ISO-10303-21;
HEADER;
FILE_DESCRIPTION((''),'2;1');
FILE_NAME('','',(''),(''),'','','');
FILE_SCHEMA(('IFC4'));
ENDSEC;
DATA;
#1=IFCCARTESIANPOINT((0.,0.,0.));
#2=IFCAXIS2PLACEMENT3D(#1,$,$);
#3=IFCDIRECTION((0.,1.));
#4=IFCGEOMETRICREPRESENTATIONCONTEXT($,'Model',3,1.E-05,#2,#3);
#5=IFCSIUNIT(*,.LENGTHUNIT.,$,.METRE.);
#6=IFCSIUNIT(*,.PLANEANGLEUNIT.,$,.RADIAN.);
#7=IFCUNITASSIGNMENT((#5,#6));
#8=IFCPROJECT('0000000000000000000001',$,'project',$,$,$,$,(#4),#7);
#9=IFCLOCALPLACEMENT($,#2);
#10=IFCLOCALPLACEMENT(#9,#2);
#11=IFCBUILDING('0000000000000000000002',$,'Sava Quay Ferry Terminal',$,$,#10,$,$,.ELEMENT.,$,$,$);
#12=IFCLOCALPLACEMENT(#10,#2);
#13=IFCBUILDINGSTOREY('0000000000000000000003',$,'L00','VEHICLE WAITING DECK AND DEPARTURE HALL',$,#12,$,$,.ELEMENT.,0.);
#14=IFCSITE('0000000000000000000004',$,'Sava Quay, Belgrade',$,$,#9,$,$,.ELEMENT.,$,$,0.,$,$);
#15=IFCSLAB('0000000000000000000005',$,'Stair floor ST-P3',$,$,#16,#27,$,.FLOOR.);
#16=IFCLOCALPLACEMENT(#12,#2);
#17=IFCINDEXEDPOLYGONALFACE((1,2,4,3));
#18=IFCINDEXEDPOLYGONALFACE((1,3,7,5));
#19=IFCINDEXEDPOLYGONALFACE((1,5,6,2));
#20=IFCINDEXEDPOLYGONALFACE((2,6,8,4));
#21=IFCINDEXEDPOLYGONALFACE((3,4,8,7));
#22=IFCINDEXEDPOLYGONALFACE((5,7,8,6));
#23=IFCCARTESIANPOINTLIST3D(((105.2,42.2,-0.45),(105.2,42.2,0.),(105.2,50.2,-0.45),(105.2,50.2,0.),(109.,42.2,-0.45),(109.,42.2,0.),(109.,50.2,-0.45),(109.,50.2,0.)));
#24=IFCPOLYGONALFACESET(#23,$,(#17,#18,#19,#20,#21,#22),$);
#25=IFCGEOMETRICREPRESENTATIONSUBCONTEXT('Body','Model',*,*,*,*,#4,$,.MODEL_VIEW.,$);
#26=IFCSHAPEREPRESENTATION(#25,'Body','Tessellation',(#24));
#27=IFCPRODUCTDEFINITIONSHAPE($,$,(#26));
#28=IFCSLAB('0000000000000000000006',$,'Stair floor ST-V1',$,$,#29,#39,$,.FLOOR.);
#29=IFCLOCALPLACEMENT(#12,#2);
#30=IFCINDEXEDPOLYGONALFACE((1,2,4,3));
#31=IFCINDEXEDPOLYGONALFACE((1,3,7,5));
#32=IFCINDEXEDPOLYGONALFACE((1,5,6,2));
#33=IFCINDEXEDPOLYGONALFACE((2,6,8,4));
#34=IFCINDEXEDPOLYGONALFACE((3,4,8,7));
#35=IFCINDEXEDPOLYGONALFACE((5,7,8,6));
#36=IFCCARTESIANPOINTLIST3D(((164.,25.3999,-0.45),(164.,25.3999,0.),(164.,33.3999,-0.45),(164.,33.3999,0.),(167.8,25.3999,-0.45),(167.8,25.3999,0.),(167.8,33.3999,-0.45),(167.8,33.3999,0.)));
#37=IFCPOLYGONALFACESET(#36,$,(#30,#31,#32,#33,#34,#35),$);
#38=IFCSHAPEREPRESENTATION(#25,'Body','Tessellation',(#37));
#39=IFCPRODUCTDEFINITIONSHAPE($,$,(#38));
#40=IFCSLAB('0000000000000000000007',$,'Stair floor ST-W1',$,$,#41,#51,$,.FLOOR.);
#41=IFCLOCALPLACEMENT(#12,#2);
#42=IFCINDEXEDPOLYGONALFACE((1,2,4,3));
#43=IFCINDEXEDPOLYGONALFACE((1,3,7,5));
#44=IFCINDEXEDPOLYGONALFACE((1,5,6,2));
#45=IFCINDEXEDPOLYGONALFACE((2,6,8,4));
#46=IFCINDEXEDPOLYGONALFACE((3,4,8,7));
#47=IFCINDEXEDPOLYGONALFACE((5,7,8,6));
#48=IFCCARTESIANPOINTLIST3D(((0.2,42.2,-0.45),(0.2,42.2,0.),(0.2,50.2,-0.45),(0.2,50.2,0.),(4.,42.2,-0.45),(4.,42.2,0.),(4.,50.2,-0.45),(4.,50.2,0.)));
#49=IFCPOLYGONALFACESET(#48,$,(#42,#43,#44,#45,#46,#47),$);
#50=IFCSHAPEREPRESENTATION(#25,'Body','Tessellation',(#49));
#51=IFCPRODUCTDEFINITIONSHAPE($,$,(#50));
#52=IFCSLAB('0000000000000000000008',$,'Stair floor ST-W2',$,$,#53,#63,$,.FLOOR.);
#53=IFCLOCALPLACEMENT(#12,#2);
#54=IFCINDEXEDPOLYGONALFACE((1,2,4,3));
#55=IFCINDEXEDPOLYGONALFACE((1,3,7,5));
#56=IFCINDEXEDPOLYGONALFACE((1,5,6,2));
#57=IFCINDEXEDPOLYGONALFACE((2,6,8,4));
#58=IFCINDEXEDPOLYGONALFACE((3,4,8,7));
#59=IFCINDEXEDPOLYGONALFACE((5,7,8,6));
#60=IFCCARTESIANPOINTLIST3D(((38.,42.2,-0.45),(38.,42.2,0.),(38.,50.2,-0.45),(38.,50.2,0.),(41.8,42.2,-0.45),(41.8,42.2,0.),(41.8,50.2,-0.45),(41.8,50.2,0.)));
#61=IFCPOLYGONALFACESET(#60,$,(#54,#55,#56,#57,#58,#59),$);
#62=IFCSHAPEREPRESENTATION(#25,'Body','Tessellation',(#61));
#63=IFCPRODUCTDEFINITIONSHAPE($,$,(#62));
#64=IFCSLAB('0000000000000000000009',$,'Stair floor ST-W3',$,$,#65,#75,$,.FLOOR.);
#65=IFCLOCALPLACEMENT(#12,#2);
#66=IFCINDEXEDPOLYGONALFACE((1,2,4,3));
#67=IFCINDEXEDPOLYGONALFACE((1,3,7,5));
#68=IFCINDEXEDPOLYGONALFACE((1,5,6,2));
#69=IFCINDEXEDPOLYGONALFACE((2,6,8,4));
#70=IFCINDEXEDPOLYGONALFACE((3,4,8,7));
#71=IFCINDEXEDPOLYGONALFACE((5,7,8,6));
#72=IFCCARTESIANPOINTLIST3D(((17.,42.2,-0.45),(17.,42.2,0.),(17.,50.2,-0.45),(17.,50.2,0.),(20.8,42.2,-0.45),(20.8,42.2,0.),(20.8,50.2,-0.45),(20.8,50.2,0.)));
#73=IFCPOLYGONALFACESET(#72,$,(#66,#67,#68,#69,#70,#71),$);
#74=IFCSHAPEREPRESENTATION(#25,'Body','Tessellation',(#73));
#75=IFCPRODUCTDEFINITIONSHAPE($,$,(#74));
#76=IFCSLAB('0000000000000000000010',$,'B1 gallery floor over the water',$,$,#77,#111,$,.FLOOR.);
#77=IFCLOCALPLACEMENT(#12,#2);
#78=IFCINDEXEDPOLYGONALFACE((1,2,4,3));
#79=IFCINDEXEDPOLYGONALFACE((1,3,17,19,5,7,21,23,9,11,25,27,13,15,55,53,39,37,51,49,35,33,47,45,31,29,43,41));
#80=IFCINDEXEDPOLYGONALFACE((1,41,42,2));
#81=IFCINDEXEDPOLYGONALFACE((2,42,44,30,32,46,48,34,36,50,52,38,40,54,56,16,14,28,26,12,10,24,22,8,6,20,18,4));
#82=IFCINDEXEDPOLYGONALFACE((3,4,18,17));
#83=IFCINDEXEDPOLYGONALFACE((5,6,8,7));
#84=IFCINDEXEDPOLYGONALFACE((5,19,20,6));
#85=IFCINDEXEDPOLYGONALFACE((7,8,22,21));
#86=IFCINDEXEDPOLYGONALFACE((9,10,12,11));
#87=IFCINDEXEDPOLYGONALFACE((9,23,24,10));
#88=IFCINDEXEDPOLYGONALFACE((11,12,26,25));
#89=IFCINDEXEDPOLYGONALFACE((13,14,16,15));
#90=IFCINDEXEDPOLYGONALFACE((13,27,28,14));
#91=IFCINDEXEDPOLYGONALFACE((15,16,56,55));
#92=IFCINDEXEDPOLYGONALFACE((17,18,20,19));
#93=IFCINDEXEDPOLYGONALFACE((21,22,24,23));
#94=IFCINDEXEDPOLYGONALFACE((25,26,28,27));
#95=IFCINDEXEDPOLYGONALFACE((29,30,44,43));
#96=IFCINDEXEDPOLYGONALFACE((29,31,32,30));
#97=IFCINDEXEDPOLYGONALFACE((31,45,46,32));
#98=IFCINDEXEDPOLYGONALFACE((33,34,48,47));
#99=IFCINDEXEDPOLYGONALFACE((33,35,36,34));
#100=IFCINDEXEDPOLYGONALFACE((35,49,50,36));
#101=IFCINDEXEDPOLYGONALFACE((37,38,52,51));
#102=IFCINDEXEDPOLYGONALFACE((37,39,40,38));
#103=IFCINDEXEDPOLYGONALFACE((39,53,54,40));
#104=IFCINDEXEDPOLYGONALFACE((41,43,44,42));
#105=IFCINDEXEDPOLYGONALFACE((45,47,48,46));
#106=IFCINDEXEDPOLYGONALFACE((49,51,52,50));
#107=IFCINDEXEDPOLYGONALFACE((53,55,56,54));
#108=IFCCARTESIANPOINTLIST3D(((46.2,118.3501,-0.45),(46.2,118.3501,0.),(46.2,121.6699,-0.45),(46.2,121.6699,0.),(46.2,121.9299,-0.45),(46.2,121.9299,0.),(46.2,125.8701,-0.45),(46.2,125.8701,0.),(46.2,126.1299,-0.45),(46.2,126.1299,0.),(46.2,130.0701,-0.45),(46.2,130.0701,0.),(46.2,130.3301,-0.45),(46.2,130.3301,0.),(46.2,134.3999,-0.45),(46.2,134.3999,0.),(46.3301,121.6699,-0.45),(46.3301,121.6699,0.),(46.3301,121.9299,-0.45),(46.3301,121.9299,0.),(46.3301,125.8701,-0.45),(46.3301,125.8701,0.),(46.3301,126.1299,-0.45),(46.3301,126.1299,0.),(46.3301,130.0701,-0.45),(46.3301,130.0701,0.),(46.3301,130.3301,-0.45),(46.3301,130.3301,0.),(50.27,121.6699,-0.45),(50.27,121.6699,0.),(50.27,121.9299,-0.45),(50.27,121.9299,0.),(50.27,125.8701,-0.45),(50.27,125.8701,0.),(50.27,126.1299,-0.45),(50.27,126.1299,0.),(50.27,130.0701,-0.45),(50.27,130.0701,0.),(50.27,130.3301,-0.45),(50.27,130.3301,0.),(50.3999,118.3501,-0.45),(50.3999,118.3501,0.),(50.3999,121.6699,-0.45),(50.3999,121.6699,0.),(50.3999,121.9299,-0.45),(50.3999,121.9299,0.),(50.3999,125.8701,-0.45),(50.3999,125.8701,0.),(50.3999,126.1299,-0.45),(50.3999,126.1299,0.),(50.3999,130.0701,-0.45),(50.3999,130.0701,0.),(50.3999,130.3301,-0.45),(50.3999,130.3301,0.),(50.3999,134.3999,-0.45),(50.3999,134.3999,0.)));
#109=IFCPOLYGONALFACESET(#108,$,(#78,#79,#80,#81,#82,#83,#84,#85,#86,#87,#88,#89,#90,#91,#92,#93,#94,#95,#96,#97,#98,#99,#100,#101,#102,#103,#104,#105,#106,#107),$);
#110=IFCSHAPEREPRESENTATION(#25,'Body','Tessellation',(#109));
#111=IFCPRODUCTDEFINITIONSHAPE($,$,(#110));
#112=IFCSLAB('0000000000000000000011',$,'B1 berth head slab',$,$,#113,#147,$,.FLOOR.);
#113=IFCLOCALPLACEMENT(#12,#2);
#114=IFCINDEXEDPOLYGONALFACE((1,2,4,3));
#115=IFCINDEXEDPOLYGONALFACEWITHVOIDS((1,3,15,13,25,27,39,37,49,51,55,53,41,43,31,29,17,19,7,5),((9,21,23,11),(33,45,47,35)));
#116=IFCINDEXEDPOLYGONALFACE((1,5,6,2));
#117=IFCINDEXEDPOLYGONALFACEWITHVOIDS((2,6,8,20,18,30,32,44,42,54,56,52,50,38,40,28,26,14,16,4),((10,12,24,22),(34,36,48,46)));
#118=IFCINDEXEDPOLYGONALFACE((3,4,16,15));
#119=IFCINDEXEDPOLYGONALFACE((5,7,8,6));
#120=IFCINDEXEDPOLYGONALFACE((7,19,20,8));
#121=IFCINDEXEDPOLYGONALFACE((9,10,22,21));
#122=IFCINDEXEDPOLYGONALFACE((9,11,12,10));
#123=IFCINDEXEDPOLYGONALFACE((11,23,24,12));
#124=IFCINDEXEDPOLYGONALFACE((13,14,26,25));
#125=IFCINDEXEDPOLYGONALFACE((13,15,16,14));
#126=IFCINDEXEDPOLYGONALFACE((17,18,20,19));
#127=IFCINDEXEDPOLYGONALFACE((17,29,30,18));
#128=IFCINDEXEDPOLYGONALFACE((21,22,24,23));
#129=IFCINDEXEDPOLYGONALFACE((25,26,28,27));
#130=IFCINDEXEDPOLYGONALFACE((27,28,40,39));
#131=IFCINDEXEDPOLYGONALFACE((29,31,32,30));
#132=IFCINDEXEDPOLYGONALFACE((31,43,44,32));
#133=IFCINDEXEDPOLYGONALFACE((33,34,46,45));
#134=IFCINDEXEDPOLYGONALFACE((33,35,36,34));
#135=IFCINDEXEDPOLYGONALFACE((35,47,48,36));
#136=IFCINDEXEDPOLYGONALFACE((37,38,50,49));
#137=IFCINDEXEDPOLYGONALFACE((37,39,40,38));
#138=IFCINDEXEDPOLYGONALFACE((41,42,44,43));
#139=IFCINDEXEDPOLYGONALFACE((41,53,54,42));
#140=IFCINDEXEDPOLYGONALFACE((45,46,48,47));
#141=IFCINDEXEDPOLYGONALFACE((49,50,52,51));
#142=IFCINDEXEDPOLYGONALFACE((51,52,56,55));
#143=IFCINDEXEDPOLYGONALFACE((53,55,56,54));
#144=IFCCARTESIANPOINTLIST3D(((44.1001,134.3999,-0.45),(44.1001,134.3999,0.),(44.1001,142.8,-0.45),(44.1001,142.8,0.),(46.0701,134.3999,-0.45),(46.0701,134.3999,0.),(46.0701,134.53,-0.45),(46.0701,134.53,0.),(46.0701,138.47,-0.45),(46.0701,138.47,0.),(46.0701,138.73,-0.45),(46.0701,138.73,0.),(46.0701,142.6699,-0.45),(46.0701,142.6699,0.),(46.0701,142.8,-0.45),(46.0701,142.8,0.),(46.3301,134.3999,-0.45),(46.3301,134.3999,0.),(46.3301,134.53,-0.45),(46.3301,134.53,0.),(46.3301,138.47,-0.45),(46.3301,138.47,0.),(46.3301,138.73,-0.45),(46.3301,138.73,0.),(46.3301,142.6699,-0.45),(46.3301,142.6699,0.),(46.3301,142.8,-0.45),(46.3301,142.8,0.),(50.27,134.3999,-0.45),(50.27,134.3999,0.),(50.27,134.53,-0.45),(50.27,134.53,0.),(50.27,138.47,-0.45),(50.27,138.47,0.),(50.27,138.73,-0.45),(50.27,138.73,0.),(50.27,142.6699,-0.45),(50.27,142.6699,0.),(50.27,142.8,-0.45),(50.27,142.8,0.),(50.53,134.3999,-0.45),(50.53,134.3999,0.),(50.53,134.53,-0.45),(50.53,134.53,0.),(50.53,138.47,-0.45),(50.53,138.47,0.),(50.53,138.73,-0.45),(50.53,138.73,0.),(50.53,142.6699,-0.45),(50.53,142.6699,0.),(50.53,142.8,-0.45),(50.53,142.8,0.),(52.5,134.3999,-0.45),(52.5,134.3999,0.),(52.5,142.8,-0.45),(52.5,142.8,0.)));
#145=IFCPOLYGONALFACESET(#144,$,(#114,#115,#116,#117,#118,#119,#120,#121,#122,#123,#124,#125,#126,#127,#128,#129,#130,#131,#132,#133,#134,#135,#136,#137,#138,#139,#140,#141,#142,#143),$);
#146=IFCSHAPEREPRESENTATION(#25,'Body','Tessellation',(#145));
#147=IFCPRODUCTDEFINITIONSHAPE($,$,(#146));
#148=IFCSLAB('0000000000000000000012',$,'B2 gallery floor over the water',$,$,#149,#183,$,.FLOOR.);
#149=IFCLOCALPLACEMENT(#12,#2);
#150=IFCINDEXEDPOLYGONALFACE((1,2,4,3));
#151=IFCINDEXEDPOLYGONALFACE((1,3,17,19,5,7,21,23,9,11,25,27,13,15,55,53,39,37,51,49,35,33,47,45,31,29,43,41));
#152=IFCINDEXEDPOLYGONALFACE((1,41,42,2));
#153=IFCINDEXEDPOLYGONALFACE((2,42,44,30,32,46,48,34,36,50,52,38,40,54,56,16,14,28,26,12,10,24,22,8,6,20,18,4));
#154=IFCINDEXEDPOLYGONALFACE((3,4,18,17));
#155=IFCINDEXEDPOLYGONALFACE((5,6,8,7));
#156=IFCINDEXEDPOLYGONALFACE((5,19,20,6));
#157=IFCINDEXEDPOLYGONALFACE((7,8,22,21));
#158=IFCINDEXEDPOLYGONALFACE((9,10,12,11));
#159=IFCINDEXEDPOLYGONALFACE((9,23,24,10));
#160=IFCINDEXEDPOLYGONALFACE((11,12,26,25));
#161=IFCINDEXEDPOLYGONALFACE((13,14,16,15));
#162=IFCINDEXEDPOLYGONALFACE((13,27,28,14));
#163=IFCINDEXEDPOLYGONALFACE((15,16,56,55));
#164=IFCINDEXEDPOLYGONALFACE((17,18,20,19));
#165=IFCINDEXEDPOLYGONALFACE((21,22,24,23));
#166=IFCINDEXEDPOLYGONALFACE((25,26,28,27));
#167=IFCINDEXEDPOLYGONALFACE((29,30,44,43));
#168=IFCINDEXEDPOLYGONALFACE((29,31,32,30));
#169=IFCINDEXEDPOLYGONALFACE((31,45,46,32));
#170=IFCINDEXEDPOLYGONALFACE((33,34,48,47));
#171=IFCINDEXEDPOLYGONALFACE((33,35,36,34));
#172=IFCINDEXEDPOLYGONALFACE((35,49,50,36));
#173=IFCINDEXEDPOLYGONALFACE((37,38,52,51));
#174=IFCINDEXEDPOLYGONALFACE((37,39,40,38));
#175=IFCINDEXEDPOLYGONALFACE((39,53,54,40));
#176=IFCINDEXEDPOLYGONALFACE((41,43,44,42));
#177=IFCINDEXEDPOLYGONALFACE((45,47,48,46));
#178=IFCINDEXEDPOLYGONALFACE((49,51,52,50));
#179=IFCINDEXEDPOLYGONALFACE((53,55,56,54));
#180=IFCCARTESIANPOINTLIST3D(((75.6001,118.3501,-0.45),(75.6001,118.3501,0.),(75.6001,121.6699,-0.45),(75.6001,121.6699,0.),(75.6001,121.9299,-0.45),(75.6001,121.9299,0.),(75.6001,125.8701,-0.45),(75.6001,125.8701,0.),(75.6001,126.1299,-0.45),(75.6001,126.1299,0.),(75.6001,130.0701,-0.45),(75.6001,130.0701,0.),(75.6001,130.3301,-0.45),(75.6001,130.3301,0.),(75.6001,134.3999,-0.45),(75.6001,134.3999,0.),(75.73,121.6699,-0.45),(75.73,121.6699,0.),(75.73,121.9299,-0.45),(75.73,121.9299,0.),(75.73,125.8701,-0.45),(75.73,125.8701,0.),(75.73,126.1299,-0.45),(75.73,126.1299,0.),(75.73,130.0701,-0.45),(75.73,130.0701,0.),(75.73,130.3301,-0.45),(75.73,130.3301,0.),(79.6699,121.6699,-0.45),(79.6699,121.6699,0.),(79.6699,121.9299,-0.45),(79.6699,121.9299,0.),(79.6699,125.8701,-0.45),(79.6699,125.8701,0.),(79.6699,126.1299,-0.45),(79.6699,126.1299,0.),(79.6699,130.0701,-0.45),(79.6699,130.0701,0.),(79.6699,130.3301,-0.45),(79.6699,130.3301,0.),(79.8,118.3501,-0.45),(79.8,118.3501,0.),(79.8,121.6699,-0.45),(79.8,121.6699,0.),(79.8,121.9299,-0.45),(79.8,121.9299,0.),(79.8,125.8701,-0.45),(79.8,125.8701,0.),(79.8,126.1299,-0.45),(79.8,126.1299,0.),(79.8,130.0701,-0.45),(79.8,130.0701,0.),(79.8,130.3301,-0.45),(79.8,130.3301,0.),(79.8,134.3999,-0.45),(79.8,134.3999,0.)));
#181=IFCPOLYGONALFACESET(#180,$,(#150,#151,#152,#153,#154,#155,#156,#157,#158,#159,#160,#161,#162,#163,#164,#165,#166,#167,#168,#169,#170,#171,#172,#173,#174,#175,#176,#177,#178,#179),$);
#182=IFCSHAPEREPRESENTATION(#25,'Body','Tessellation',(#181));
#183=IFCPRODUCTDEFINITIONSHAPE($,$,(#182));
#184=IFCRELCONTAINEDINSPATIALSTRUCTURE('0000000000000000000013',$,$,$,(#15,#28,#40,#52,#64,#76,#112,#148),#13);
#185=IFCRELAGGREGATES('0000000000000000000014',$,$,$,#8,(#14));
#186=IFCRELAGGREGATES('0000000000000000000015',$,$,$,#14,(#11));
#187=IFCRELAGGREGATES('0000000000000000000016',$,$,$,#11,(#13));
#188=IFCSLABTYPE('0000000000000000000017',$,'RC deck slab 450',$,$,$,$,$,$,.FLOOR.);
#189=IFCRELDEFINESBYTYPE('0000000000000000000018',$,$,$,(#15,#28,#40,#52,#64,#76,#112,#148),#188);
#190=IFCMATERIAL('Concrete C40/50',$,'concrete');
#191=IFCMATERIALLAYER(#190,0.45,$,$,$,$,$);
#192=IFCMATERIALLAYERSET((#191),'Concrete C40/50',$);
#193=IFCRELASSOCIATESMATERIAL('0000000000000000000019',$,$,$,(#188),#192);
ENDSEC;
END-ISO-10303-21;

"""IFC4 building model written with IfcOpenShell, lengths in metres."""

from ifc_helpers import new_model, si_unit, direction, frame, origin, place, context, subcontext, project, spatial, polyline, outline, extrude, material, layer, layer_set, type_object, element, save


model = new_model("IFC4")

# Units and contexts
model_context = context("Model", 3, precision=1e-05, world=origin(), true_north=direction((0.0, 1.0)))
body_context = subcontext(model_context, "Body", "Model", "MODEL_VIEW")
ifc_project = project(units=[si_unit("LENGTHUNIT", "METRE"), si_unit("PLANEANGLEUNIT", "RADIAN")], contexts=[model_context])

# Site, building, storey
site_placement = place(None, origin())
site = spatial("IfcSite", under=ifc_project, at=site_placement, Name="Sava Quay, Belgrade", CompositionType="ELEMENT", RefElevation=0.0)
building_placement = place(site_placement, origin())
building = spatial("IfcBuilding", under=site, at=building_placement, Name="Sava Quay Ferry Terminal", CompositionType="ELEMENT")
storey_placement = place(building_placement, origin())
storey = spatial("IfcBuildingStorey", under=building, at=storey_placement, Name="L00", Description="VEHICLE WAITING DECK AND DEPARTURE HALL", CompositionType="ELEMENT", Elevation=0.0)

# Slabs
ifc_material_1 = material(Name="Concrete C40/50", Category="concrete")
ifc_layer_1 = layer(ifc_material_1, 0.45)
ifc_layer_set_1 = layer_set([ifc_layer_1], Name="Concrete C40/50")
slab_type_1 = type_object("IfcSlabType", Name="RC deck slab 450", PredefinedType="FLOOR", material=ifc_layer_set_1)
slab_1_placement = place(storey_placement, frame((0.0, 0.0, -0.45)))
element("IfcSlab", 1, at=slab_1_placement, inside=storey, type_object=slab_type_1, Name="Stair floor ST-P3", PredefinedType="FLOOR", context=body_context, shape_type="SweptSolid", body=[
    extrude(outline(polyline([(105.2, 42.2), (109.0, 42.2), (109.0, 50.2), (105.2, 50.2), (105.2, 42.2)])), origin(), (0.0, 0.0, 1.0), 0.45),
])
slab_2_placement = place(storey_placement, frame((0.0, 0.0, -0.45)))
element("IfcSlab", 2, at=slab_2_placement, inside=storey, type_object=slab_type_1, Name="Stair floor ST-V1", PredefinedType="FLOOR", context=body_context, shape_type="SweptSolid", body=[
    extrude(outline(polyline([(164.0, 25.3999), (167.8, 25.3999), (167.8, 33.3999), (164.0, 33.3999), (164.0, 25.3999)])), origin(), (0.0, 0.0, 1.0), 0.45),
])
slab_3_placement = place(storey_placement, frame((0.0, 0.0, -0.45)))
element("IfcSlab", 3, at=slab_3_placement, inside=storey, type_object=slab_type_1, Name="Stair floor ST-W1", PredefinedType="FLOOR", context=body_context, shape_type="SweptSolid", body=[
    extrude(outline(polyline([(0.2, 42.2), (4.0, 42.2), (4.0, 50.2), (0.2, 50.2), (0.2, 42.2)])), origin(), (0.0, 0.0, 1.0), 0.45),
])
slab_4_placement = place(storey_placement, frame((0.0, 0.0, -0.45)))
element("IfcSlab", 4, at=slab_4_placement, inside=storey, type_object=slab_type_1, Name="Stair floor ST-W2", PredefinedType="FLOOR", context=body_context, shape_type="SweptSolid", body=[
    extrude(outline(polyline([(38.0, 42.2), (41.8, 42.2), (41.8, 50.2), (38.0, 50.2), (38.0, 42.2)])), origin(), (0.0, 0.0, 1.0), 0.45),
])
slab_5_placement = place(storey_placement, frame((0.0, 0.0, -0.45)))
element("IfcSlab", 5, at=slab_5_placement, inside=storey, type_object=slab_type_1, Name="Stair floor ST-W3", PredefinedType="FLOOR", context=body_context, shape_type="SweptSolid", body=[
    extrude(outline(polyline([(17.0, 42.2), (20.8, 42.2), (20.8, 50.2), (17.0, 50.2), (17.0, 42.2)])), origin(), (0.0, 0.0, 1.0), 0.45),
])
slab_6_placement = place(storey_placement, frame((0.0, 0.0, -0.45)))
element("IfcSlab", 6, at=slab_6_placement, inside=storey, type_object=slab_type_1, Name="B1 gallery floor over the water", PredefinedType="FLOOR", context=body_context, shape_type="SweptSolid", body=[
    extrude(outline(polyline([(50.3999, 118.3501), (46.2, 118.3501), (46.2, 121.6699), (46.3301, 121.6699), (46.3301, 121.9299), (46.2, 121.9299), (46.2, 125.8701), (46.3301, 125.8701), (46.3301, 126.1299), (46.2, 126.1299), (46.2, 130.0701), (46.3301, 130.0701), (46.3301, 130.3301), (46.2, 130.3301), (46.2, 134.3999), (50.3999, 134.3999), (50.3999, 130.3301), (50.27, 130.3301), (50.27, 130.0701), (50.3999, 130.0701), (50.3999, 126.1299), (50.27, 126.1299), (50.27, 125.8701), (50.3999, 125.8701), (50.3999, 121.9299), (50.27, 121.9299), (50.27, 121.6699), (50.3999, 121.6699), (50.3999, 118.3501)])), origin(), (0.0, 0.0, 1.0), 0.45),
])
slab_7_placement = place(storey_placement, frame((0.0, 0.0, -0.45)))
element("IfcSlab", 7, at=slab_7_placement, inside=storey, type_object=slab_type_1, Name="B1 berth head slab", PredefinedType="FLOOR", context=body_context, shape_type="SweptSolid", body=[
    extrude(outline(polyline([(52.5, 142.8), (52.5, 134.3999), (50.53, 134.3999), (50.53, 134.53), (50.27, 134.53), (50.27, 134.3999), (46.3301, 134.3999), (46.3301, 134.53), (46.0701, 134.53), (46.0701, 134.3999), (44.1001, 134.3999), (44.1001, 142.8), (46.0701, 142.8), (46.0701, 142.6699), (46.3301, 142.6699), (46.3301, 142.8), (50.27, 142.8), (50.27, 142.6699), (50.53, 142.6699), (50.53, 142.8), (52.5, 142.8)]), holes=[polyline([(46.0701, 138.73), (46.0701, 138.47), (46.3301, 138.47), (46.3301, 138.73), (46.0701, 138.73)]), polyline([(50.27, 138.47), (50.53, 138.47), (50.53, 138.73), (50.27, 138.73), (50.27, 138.47)])]), origin(), (0.0, 0.0, 1.0), 0.45),
])
slab_8_placement = place(storey_placement, frame((0.0, 0.0, -0.45)))
element("IfcSlab", 8, at=slab_8_placement, inside=storey, type_object=slab_type_1, Name="B2 gallery floor over the water", PredefinedType="FLOOR", context=body_context, shape_type="SweptSolid", body=[
    extrude(outline(polyline([(79.8, 118.3501), (75.6001, 118.3501), (75.6001, 121.6699), (75.73, 121.6699), (75.73, 121.9299), (75.6001, 121.9299), (75.6001, 125.8701), (75.73, 125.8701), (75.73, 126.1299), (75.6001, 126.1299), (75.6001, 130.0701), (75.73, 130.0701), (75.73, 130.3301), (75.6001, 130.3301), (75.6001, 134.3999), (79.8, 134.3999), (79.8, 130.3301), (79.6699, 130.3301), (79.6699, 130.0701), (79.8, 130.0701), (79.8, 126.1299), (79.6699, 126.1299), (79.6699, 125.8701), (79.8, 125.8701), (79.8, 121.9299), (79.6699, 121.9299), (79.6699, 121.6699), (79.8, 121.6699), (79.8, 118.3501)])), origin(), (0.0, 0.0, 1.0), 0.45),
])

save(model, "model.ifc")
